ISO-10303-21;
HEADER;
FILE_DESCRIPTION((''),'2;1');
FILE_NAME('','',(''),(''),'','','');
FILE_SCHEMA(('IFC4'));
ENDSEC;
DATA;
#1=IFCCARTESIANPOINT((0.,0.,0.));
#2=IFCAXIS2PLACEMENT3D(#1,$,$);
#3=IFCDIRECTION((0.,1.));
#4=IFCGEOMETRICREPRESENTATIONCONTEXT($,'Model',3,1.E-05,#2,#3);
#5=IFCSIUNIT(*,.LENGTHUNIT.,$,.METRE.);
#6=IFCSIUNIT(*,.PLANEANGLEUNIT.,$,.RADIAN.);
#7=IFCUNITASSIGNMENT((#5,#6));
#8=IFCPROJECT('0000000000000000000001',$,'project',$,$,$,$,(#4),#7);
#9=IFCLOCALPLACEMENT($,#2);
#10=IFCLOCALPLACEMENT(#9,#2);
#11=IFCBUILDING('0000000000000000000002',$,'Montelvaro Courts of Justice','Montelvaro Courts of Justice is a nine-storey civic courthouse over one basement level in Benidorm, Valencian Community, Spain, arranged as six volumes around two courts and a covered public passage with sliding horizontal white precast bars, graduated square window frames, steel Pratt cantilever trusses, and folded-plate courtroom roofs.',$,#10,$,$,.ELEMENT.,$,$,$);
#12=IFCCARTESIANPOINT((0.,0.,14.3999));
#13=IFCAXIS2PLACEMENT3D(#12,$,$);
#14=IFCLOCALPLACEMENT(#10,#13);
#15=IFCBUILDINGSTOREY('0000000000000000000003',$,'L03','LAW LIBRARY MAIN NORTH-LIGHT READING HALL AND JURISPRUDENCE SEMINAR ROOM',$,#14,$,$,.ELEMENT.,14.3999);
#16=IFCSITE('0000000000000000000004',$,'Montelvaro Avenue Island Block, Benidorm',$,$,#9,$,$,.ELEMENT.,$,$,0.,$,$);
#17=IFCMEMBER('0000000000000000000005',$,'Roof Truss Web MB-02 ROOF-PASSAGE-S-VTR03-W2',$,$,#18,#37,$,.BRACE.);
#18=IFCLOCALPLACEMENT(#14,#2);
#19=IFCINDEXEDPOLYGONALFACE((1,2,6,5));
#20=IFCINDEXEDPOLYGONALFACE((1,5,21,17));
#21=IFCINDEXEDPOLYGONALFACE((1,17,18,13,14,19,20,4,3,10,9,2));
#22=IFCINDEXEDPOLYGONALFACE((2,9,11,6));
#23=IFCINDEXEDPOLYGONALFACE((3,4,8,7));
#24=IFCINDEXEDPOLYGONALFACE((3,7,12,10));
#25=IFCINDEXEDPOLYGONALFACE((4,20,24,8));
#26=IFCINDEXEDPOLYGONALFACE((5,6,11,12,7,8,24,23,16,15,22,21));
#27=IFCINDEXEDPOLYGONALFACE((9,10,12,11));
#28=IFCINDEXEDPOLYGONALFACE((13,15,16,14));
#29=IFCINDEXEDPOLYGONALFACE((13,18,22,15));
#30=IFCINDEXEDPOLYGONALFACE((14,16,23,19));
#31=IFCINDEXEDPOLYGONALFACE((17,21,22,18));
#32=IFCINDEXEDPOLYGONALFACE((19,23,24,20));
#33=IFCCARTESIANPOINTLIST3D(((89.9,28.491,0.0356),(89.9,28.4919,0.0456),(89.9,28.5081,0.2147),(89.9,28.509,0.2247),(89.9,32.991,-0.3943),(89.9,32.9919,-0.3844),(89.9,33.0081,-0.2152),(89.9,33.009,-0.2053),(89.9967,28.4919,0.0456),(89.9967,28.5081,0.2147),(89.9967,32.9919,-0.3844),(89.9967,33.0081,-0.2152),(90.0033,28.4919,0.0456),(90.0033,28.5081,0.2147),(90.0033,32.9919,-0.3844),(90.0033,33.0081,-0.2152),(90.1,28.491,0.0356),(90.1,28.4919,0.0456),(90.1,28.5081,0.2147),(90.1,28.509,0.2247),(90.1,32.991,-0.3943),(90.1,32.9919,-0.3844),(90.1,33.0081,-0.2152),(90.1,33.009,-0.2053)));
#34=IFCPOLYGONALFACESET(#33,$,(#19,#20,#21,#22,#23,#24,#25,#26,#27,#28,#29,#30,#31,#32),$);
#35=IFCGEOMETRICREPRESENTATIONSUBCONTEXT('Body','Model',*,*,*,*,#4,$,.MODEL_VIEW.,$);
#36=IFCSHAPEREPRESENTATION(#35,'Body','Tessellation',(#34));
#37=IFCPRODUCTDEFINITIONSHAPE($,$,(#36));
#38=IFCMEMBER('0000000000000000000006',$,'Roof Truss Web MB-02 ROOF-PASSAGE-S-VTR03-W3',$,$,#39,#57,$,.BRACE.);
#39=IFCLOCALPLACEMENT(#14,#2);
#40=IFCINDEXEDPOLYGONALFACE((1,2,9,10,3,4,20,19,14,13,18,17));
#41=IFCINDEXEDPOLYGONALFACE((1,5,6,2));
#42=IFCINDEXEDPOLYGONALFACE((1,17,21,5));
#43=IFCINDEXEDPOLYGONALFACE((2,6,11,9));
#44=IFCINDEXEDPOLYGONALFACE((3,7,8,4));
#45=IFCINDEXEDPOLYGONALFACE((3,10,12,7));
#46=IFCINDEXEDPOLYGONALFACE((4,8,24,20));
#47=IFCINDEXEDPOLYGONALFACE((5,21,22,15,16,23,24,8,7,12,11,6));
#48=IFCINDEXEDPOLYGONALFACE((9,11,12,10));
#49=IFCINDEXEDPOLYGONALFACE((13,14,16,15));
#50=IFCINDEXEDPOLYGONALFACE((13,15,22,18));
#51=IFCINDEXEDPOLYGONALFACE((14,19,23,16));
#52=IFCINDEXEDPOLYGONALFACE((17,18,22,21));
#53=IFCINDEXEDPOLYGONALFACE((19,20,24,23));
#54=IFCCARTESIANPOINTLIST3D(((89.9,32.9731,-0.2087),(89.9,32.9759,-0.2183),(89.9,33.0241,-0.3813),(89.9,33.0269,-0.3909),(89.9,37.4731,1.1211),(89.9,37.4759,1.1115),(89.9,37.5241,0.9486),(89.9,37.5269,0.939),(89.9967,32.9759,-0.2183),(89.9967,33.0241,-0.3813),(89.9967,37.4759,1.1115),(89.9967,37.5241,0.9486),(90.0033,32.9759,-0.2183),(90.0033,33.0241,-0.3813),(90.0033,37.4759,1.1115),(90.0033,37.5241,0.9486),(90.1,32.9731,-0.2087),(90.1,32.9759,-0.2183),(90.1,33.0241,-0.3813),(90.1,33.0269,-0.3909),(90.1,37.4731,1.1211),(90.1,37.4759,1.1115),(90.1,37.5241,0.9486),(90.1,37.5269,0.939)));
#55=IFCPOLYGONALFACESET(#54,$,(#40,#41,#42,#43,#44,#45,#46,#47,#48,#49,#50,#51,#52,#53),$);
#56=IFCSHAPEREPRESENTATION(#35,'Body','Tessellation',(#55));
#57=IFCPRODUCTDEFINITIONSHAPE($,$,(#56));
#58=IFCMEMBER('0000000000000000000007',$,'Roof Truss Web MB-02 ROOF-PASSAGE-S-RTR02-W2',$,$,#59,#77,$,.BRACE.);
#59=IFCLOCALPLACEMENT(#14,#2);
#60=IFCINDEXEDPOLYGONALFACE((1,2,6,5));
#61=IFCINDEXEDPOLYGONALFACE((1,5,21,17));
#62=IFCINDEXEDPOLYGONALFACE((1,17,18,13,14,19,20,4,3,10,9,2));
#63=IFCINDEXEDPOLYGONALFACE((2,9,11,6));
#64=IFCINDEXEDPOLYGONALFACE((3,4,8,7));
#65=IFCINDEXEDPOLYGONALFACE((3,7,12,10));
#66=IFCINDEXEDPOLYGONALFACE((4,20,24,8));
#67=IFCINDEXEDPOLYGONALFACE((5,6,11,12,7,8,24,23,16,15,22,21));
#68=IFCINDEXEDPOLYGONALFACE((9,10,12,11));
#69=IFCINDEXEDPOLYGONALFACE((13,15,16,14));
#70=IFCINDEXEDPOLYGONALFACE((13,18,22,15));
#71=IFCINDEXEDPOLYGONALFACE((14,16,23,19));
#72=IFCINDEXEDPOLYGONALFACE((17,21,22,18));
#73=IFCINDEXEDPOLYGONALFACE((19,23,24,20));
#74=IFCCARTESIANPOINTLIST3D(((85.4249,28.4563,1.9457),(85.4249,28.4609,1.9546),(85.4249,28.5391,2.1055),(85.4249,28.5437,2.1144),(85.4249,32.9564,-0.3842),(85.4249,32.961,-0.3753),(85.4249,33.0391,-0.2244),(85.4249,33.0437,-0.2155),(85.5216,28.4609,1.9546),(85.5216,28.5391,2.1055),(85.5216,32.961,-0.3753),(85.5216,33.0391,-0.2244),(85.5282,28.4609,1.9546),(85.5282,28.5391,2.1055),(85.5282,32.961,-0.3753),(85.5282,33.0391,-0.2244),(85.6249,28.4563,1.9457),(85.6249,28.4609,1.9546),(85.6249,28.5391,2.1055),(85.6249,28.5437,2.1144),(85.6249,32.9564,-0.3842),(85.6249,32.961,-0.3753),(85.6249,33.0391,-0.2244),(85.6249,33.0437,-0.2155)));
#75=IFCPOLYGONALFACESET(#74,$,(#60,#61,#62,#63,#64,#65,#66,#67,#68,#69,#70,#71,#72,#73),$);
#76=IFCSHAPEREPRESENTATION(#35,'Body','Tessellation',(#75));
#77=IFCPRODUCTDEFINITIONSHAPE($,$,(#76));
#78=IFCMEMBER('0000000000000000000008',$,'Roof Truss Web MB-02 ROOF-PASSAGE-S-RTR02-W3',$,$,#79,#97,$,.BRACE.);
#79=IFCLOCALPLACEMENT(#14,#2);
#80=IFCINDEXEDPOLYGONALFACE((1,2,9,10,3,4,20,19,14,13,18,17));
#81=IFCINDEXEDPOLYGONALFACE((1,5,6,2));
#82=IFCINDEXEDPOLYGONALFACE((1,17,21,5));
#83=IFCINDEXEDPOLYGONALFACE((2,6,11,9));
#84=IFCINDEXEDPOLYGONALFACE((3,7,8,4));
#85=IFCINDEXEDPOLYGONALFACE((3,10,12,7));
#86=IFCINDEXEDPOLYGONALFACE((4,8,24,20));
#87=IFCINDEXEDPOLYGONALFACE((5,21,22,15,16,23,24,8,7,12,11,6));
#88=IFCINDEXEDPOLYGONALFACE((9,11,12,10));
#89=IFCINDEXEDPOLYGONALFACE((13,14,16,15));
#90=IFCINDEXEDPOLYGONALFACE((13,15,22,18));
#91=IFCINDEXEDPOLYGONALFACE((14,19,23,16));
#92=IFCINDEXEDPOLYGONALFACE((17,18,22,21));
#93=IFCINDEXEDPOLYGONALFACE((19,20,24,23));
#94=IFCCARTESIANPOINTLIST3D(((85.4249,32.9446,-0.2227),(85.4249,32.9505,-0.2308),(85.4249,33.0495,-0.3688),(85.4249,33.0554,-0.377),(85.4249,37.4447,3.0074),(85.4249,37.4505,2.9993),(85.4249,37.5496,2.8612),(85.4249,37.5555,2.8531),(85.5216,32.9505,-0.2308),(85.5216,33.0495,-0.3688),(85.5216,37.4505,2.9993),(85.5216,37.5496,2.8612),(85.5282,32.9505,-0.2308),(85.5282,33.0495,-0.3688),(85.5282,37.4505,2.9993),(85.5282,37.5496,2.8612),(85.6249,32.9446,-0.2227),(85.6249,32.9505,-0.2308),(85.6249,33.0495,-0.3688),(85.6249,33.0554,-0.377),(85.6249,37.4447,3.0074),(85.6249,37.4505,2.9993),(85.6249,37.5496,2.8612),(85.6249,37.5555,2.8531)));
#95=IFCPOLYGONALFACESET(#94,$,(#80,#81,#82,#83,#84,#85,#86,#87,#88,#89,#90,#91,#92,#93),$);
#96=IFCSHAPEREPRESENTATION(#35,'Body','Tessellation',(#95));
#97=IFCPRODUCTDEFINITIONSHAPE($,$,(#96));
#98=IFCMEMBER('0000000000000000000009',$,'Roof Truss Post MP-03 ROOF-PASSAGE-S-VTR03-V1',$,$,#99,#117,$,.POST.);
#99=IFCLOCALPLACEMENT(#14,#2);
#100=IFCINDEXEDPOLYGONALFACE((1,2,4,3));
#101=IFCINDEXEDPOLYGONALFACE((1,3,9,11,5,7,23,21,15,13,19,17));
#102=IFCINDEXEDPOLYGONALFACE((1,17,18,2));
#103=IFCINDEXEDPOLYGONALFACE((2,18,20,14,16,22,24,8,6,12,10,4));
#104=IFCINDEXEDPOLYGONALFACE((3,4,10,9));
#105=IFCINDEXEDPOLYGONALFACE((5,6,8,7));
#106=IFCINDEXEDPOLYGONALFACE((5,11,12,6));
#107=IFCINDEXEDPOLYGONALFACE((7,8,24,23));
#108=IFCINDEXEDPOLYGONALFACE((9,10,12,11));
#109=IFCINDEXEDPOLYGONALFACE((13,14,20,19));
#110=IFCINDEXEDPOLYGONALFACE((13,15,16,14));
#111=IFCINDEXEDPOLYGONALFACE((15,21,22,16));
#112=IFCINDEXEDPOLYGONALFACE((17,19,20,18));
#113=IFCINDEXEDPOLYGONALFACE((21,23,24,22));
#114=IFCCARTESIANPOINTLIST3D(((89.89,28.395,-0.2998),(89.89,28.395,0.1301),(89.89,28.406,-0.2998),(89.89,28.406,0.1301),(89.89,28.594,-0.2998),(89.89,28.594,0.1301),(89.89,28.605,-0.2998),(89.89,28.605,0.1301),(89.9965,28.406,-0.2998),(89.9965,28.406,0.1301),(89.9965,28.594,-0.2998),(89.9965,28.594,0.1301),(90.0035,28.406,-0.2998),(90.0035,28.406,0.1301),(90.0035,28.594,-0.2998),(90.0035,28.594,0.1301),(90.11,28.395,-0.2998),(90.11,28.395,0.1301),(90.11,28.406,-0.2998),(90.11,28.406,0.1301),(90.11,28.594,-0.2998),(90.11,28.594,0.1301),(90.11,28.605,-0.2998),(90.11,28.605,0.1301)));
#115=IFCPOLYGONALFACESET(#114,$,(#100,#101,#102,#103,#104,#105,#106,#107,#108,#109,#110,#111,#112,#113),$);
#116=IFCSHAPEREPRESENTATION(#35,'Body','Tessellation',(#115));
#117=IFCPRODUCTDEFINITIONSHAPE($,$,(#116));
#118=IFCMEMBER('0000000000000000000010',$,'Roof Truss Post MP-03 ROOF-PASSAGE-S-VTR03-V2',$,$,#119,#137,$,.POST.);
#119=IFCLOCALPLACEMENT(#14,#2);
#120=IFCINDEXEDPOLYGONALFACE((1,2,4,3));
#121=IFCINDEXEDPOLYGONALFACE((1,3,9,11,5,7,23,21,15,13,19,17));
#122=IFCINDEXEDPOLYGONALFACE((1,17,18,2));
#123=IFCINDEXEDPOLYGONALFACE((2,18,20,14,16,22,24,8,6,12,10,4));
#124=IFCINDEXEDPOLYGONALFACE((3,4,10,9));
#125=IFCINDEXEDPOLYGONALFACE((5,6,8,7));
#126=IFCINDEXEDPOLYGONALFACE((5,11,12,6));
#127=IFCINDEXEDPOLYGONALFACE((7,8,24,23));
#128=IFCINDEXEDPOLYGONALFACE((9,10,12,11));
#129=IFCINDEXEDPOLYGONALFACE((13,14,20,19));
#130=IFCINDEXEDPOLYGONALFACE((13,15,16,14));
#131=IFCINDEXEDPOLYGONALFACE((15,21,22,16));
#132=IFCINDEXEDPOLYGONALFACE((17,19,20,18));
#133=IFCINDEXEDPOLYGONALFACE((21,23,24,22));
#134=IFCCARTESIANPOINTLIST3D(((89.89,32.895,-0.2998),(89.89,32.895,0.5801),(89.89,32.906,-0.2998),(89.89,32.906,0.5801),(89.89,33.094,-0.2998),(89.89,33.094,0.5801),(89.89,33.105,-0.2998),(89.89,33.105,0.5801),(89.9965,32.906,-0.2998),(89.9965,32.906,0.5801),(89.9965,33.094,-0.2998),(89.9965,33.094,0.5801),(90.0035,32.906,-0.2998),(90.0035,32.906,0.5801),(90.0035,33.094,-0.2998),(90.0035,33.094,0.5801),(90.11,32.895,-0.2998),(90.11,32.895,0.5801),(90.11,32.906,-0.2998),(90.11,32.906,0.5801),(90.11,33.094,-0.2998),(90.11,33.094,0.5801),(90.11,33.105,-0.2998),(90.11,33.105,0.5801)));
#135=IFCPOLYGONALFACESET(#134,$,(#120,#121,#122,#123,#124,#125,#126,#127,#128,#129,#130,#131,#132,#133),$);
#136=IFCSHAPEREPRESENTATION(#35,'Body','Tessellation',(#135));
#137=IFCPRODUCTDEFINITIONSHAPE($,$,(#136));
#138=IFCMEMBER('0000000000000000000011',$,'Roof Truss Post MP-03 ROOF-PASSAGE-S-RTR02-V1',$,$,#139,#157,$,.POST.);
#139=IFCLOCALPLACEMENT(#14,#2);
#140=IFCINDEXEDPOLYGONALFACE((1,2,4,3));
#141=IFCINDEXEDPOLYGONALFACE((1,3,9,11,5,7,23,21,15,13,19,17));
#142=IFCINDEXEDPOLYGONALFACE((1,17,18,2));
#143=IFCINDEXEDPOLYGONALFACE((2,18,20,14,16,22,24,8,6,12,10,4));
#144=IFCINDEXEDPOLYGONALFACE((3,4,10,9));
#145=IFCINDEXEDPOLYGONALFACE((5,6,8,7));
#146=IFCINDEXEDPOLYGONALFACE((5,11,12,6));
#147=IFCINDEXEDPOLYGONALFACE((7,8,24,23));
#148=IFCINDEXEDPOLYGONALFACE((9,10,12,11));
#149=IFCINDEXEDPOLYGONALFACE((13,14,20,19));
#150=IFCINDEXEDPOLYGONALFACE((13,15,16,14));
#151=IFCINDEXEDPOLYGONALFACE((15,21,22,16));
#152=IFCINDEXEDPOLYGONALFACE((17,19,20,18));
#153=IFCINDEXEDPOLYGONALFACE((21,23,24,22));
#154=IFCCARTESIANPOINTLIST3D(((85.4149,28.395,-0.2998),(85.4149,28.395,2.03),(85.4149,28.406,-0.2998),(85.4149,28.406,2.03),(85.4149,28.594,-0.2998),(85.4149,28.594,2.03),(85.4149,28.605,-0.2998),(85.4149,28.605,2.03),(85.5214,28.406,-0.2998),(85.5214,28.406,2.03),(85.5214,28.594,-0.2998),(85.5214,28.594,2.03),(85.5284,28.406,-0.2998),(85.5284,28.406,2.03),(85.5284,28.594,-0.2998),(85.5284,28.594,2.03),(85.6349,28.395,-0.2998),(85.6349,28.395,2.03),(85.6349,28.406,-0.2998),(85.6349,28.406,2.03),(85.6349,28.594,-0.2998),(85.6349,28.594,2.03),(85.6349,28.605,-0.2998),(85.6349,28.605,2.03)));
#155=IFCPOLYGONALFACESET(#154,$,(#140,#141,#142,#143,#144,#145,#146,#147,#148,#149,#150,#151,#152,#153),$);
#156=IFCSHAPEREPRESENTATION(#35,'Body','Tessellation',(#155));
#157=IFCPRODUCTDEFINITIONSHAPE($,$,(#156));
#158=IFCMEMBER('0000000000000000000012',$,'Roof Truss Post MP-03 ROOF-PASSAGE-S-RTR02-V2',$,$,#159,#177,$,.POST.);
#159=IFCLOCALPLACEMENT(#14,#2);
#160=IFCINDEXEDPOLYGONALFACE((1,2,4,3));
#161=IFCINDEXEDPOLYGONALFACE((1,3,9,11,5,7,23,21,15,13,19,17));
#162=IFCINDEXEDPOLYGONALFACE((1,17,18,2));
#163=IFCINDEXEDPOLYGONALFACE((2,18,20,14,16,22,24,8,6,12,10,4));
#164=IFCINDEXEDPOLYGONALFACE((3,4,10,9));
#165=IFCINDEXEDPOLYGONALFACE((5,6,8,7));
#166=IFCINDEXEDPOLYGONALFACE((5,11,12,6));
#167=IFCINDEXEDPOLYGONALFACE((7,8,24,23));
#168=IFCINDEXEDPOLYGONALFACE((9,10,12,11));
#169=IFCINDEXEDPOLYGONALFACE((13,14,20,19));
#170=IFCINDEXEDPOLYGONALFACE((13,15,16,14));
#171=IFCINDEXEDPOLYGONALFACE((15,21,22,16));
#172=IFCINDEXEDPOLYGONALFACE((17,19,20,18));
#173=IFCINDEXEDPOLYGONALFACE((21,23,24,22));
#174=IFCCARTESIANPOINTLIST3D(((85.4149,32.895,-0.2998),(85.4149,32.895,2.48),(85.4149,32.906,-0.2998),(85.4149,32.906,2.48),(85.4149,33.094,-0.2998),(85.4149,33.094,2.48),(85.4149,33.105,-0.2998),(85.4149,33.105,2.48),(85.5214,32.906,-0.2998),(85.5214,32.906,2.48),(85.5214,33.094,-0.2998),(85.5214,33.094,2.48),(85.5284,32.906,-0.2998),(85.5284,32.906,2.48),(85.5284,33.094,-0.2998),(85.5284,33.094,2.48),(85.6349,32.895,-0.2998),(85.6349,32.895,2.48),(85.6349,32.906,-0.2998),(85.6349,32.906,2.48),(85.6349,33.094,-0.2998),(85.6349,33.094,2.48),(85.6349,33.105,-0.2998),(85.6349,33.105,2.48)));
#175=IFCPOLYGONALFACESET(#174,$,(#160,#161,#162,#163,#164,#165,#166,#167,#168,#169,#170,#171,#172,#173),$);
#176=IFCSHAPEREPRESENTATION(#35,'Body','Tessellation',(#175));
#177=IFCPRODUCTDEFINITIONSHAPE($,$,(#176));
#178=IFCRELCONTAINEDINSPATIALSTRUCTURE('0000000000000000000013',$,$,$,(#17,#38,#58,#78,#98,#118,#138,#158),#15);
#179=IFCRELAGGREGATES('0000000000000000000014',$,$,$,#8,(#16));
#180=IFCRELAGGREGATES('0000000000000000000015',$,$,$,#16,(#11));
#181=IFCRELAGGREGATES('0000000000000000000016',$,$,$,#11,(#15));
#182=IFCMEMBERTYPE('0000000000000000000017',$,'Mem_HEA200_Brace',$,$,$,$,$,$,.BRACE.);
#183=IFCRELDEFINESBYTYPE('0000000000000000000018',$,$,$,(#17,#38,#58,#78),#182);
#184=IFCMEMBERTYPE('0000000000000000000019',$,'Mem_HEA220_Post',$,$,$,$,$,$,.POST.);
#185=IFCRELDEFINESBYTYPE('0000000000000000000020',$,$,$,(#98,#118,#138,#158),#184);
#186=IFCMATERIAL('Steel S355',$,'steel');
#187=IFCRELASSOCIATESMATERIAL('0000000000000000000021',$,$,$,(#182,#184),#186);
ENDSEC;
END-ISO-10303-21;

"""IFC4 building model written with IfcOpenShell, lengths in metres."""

from ifc_helpers import new_model, si_unit, direction, frame, origin, origin_2d, place, context, subcontext, project, spatial, i_section, extrude, material, material_profile, profile_set, type_object, element, save


model = new_model("IFC4")

# Units and contexts
model_context = context("Model", 3, precision=1e-05, world=origin(), true_north=direction((0.0, 1.0)))
body_context = subcontext(model_context, "Body", "Model", "MODEL_VIEW")
ifc_project = project(units=[si_unit("LENGTHUNIT", "METRE"), si_unit("PLANEANGLEUNIT", "RADIAN")], contexts=[model_context])

# Site, building, storey
site_placement = place(None, origin())
site = spatial("IfcSite", under=ifc_project, at=site_placement, Name="Montelvaro Avenue Island Block, Benidorm", CompositionType="ELEMENT", RefElevation=0.0)
building_placement = place(site_placement, origin())
building = spatial("IfcBuilding", under=site, at=building_placement, Name="Montelvaro Courts of Justice", Description="Montelvaro Courts of Justice is a nine-storey civic courthouse over one basement level in Benidorm, Valencian Community, Spain, arranged as six volumes around two courts and a covered public passage with sliding horizontal white precast bars, graduated square window frames, steel Pratt cantilever trusses, and folded-plate courtroom roofs.", CompositionType="ELEMENT")
storey_placement = place(building_placement, frame((0.0, 0.0, 14.3999)))
storey = spatial("IfcBuildingStorey", under=building, at=storey_placement, Name="L03", Description="LAW LIBRARY MAIN NORTH-LIGHT READING HALL AND JURISPRUDENCE SEMINAR ROOM", CompositionType="ELEMENT", Elevation=14.3999)

# Members
ifc_material_1 = material(Name="Steel S355", Category="steel")
ifc_material_profile_1 = material_profile(ifc_material_1, i_section(OverallWidth=0.2, OverallDepth=0.1899, WebThickness=0.0066, FlangeThickness=0.01, at=origin_2d()), Name="HEA 200")
ifc_profile_set_1 = profile_set([ifc_material_profile_1], Name="Steel S355")
member_type_1 = type_object("IfcMemberType", Name="Mem_HEA200_Brace", PredefinedType="BRACE", material=ifc_profile_set_1)
member_1_placement = place(storey_placement, frame((90.0, 28.5, 0.1301), z_axis=(0.0, 0.995467, -0.095107), x_axis=(-1.0, 0.0, 0.0)))
element("IfcMember", 1, at=member_1_placement, inside=storey, type_object=member_type_1, Name="Roof Truss Web MB-02 ROOF-PASSAGE-S-VTR03-W2", PredefinedType="BRACE", context=body_context, shape_type="SweptSolid", body=[
    extrude(i_section(OverallWidth=0.2, OverallDepth=0.1899, WebThickness=0.0066, FlangeThickness=0.01, at=origin_2d()), origin(), (0.0, 0.0, 1.0), 4.5205),
])
member_2_placement = place(storey_placement, frame((90.0, 33.0, -0.2998), z_axis=(0.0, 0.959001, 0.283403), x_axis=(-1.0, 0.0, 0.0)))
element("IfcMember", 2, at=member_2_placement, inside=storey, type_object=member_type_1, Name="Roof Truss Web MB-02 ROOF-PASSAGE-S-VTR03-W3", PredefinedType="BRACE", context=body_context, shape_type="SweptSolid", body=[
    extrude(i_section(OverallWidth=0.2, OverallDepth=0.1899, WebThickness=0.0066, FlangeThickness=0.01, at=origin_2d()), origin(), (0.0, 0.0, 1.0), 4.6924),
])
member_3_placement = place(storey_placement, frame((85.5249, 28.5, 2.03), z_axis=(0.0, 0.888037, -0.459773), x_axis=(-1.0, 0.0, 0.0)))
element("IfcMember", 3, at=member_3_placement, inside=storey, type_object=member_type_1, Name="Roof Truss Web MB-02 ROOF-PASSAGE-S-RTR02-W2", PredefinedType="BRACE", context=body_context, shape_type="SweptSolid", body=[
    extrude(i_section(OverallWidth=0.2, OverallDepth=0.1899, WebThickness=0.0066, FlangeThickness=0.01, at=origin_2d()), origin(), (0.0, 0.0, 1.0), 5.0674),
])
member_4_placement = place(storey_placement, frame((85.5249, 33.0, -0.2998), z_axis=(0.0, 0.812391, 0.583113), x_axis=(-1.0, 0.0, 0.0)))
element("IfcMember", 4, at=member_4_placement, inside=storey, type_object=member_type_1, Name="Roof Truss Web MB-02 ROOF-PASSAGE-S-RTR02-W3", PredefinedType="BRACE", context=body_context, shape_type="SweptSolid", body=[
    extrude(i_section(OverallWidth=0.2, OverallDepth=0.1899, WebThickness=0.0066, FlangeThickness=0.01, at=origin_2d()), origin(), (0.0, 0.0, 1.0), 5.5393),
])
ifc_material_profile_2 = material_profile(ifc_material_1, i_section(OverallWidth=0.22, OverallDepth=0.21, WebThickness=0.0071, FlangeThickness=0.011, at=origin_2d()), Name="HEA 220")
ifc_profile_set_2 = profile_set([ifc_material_profile_2], Name="Steel S355")
member_type_2 = type_object("IfcMemberType", Name="Mem_HEA220_Post", PredefinedType="POST", material=ifc_profile_set_2)
member_5_placement = place(storey_placement, frame((90.0, 28.5, -0.2998), z_axis=(0.0, 0.0, 1.0), x_axis=(1.0, 0.0, 0.0)))
element("IfcMember", 5, at=member_5_placement, inside=storey, type_object=member_type_2, Name="Roof Truss Post MP-03 ROOF-PASSAGE-S-VTR03-V1", PredefinedType="POST", context=body_context, shape_type="SweptSolid", body=[
    extrude(i_section(OverallWidth=0.22, OverallDepth=0.21, WebThickness=0.0071, FlangeThickness=0.011, at=origin_2d()), origin(), (0.0, 0.0, 1.0), 0.4299),
])
member_6_placement = place(storey_placement, frame((90.0, 33.0, -0.2998), z_axis=(0.0, 0.0, 1.0), x_axis=(1.0, 0.0, 0.0)))
element("IfcMember", 6, at=member_6_placement, inside=storey, type_object=member_type_2, Name="Roof Truss Post MP-03 ROOF-PASSAGE-S-VTR03-V2", PredefinedType="POST", context=body_context, shape_type="SweptSolid", body=[
    extrude(i_section(OverallWidth=0.22, OverallDepth=0.21, WebThickness=0.0071, FlangeThickness=0.011, at=origin_2d()), origin(), (0.0, 0.0, 1.0), 0.8799),
])
member_7_placement = place(storey_placement, frame((85.5249, 28.5, -0.2998), z_axis=(0.0, 0.0, 1.0), x_axis=(1.0, 0.0, 0.0)))
element("IfcMember", 7, at=member_7_placement, inside=storey, type_object=member_type_2, Name="Roof Truss Post MP-03 ROOF-PASSAGE-S-RTR02-V1", PredefinedType="POST", context=body_context, shape_type="SweptSolid", body=[
    extrude(i_section(OverallWidth=0.22, OverallDepth=0.21, WebThickness=0.0071, FlangeThickness=0.011, at=origin_2d()), origin(), (0.0, 0.0, 1.0), 2.3298),
])
member_8_placement = place(storey_placement, frame((85.5249, 33.0, -0.2998), z_axis=(0.0, 0.0, 1.0), x_axis=(1.0, 0.0, 0.0)))
element("IfcMember", 8, at=member_8_placement, inside=storey, type_object=member_type_2, Name="Roof Truss Post MP-03 ROOF-PASSAGE-S-RTR02-V2", PredefinedType="POST", context=body_context, shape_type="SweptSolid", body=[
    extrude(i_section(OverallWidth=0.22, OverallDepth=0.21, WebThickness=0.0071, FlangeThickness=0.011, at=origin_2d()), origin(), (0.0, 0.0, 1.0), 2.7798),
])

save(model, "model.ifc")
